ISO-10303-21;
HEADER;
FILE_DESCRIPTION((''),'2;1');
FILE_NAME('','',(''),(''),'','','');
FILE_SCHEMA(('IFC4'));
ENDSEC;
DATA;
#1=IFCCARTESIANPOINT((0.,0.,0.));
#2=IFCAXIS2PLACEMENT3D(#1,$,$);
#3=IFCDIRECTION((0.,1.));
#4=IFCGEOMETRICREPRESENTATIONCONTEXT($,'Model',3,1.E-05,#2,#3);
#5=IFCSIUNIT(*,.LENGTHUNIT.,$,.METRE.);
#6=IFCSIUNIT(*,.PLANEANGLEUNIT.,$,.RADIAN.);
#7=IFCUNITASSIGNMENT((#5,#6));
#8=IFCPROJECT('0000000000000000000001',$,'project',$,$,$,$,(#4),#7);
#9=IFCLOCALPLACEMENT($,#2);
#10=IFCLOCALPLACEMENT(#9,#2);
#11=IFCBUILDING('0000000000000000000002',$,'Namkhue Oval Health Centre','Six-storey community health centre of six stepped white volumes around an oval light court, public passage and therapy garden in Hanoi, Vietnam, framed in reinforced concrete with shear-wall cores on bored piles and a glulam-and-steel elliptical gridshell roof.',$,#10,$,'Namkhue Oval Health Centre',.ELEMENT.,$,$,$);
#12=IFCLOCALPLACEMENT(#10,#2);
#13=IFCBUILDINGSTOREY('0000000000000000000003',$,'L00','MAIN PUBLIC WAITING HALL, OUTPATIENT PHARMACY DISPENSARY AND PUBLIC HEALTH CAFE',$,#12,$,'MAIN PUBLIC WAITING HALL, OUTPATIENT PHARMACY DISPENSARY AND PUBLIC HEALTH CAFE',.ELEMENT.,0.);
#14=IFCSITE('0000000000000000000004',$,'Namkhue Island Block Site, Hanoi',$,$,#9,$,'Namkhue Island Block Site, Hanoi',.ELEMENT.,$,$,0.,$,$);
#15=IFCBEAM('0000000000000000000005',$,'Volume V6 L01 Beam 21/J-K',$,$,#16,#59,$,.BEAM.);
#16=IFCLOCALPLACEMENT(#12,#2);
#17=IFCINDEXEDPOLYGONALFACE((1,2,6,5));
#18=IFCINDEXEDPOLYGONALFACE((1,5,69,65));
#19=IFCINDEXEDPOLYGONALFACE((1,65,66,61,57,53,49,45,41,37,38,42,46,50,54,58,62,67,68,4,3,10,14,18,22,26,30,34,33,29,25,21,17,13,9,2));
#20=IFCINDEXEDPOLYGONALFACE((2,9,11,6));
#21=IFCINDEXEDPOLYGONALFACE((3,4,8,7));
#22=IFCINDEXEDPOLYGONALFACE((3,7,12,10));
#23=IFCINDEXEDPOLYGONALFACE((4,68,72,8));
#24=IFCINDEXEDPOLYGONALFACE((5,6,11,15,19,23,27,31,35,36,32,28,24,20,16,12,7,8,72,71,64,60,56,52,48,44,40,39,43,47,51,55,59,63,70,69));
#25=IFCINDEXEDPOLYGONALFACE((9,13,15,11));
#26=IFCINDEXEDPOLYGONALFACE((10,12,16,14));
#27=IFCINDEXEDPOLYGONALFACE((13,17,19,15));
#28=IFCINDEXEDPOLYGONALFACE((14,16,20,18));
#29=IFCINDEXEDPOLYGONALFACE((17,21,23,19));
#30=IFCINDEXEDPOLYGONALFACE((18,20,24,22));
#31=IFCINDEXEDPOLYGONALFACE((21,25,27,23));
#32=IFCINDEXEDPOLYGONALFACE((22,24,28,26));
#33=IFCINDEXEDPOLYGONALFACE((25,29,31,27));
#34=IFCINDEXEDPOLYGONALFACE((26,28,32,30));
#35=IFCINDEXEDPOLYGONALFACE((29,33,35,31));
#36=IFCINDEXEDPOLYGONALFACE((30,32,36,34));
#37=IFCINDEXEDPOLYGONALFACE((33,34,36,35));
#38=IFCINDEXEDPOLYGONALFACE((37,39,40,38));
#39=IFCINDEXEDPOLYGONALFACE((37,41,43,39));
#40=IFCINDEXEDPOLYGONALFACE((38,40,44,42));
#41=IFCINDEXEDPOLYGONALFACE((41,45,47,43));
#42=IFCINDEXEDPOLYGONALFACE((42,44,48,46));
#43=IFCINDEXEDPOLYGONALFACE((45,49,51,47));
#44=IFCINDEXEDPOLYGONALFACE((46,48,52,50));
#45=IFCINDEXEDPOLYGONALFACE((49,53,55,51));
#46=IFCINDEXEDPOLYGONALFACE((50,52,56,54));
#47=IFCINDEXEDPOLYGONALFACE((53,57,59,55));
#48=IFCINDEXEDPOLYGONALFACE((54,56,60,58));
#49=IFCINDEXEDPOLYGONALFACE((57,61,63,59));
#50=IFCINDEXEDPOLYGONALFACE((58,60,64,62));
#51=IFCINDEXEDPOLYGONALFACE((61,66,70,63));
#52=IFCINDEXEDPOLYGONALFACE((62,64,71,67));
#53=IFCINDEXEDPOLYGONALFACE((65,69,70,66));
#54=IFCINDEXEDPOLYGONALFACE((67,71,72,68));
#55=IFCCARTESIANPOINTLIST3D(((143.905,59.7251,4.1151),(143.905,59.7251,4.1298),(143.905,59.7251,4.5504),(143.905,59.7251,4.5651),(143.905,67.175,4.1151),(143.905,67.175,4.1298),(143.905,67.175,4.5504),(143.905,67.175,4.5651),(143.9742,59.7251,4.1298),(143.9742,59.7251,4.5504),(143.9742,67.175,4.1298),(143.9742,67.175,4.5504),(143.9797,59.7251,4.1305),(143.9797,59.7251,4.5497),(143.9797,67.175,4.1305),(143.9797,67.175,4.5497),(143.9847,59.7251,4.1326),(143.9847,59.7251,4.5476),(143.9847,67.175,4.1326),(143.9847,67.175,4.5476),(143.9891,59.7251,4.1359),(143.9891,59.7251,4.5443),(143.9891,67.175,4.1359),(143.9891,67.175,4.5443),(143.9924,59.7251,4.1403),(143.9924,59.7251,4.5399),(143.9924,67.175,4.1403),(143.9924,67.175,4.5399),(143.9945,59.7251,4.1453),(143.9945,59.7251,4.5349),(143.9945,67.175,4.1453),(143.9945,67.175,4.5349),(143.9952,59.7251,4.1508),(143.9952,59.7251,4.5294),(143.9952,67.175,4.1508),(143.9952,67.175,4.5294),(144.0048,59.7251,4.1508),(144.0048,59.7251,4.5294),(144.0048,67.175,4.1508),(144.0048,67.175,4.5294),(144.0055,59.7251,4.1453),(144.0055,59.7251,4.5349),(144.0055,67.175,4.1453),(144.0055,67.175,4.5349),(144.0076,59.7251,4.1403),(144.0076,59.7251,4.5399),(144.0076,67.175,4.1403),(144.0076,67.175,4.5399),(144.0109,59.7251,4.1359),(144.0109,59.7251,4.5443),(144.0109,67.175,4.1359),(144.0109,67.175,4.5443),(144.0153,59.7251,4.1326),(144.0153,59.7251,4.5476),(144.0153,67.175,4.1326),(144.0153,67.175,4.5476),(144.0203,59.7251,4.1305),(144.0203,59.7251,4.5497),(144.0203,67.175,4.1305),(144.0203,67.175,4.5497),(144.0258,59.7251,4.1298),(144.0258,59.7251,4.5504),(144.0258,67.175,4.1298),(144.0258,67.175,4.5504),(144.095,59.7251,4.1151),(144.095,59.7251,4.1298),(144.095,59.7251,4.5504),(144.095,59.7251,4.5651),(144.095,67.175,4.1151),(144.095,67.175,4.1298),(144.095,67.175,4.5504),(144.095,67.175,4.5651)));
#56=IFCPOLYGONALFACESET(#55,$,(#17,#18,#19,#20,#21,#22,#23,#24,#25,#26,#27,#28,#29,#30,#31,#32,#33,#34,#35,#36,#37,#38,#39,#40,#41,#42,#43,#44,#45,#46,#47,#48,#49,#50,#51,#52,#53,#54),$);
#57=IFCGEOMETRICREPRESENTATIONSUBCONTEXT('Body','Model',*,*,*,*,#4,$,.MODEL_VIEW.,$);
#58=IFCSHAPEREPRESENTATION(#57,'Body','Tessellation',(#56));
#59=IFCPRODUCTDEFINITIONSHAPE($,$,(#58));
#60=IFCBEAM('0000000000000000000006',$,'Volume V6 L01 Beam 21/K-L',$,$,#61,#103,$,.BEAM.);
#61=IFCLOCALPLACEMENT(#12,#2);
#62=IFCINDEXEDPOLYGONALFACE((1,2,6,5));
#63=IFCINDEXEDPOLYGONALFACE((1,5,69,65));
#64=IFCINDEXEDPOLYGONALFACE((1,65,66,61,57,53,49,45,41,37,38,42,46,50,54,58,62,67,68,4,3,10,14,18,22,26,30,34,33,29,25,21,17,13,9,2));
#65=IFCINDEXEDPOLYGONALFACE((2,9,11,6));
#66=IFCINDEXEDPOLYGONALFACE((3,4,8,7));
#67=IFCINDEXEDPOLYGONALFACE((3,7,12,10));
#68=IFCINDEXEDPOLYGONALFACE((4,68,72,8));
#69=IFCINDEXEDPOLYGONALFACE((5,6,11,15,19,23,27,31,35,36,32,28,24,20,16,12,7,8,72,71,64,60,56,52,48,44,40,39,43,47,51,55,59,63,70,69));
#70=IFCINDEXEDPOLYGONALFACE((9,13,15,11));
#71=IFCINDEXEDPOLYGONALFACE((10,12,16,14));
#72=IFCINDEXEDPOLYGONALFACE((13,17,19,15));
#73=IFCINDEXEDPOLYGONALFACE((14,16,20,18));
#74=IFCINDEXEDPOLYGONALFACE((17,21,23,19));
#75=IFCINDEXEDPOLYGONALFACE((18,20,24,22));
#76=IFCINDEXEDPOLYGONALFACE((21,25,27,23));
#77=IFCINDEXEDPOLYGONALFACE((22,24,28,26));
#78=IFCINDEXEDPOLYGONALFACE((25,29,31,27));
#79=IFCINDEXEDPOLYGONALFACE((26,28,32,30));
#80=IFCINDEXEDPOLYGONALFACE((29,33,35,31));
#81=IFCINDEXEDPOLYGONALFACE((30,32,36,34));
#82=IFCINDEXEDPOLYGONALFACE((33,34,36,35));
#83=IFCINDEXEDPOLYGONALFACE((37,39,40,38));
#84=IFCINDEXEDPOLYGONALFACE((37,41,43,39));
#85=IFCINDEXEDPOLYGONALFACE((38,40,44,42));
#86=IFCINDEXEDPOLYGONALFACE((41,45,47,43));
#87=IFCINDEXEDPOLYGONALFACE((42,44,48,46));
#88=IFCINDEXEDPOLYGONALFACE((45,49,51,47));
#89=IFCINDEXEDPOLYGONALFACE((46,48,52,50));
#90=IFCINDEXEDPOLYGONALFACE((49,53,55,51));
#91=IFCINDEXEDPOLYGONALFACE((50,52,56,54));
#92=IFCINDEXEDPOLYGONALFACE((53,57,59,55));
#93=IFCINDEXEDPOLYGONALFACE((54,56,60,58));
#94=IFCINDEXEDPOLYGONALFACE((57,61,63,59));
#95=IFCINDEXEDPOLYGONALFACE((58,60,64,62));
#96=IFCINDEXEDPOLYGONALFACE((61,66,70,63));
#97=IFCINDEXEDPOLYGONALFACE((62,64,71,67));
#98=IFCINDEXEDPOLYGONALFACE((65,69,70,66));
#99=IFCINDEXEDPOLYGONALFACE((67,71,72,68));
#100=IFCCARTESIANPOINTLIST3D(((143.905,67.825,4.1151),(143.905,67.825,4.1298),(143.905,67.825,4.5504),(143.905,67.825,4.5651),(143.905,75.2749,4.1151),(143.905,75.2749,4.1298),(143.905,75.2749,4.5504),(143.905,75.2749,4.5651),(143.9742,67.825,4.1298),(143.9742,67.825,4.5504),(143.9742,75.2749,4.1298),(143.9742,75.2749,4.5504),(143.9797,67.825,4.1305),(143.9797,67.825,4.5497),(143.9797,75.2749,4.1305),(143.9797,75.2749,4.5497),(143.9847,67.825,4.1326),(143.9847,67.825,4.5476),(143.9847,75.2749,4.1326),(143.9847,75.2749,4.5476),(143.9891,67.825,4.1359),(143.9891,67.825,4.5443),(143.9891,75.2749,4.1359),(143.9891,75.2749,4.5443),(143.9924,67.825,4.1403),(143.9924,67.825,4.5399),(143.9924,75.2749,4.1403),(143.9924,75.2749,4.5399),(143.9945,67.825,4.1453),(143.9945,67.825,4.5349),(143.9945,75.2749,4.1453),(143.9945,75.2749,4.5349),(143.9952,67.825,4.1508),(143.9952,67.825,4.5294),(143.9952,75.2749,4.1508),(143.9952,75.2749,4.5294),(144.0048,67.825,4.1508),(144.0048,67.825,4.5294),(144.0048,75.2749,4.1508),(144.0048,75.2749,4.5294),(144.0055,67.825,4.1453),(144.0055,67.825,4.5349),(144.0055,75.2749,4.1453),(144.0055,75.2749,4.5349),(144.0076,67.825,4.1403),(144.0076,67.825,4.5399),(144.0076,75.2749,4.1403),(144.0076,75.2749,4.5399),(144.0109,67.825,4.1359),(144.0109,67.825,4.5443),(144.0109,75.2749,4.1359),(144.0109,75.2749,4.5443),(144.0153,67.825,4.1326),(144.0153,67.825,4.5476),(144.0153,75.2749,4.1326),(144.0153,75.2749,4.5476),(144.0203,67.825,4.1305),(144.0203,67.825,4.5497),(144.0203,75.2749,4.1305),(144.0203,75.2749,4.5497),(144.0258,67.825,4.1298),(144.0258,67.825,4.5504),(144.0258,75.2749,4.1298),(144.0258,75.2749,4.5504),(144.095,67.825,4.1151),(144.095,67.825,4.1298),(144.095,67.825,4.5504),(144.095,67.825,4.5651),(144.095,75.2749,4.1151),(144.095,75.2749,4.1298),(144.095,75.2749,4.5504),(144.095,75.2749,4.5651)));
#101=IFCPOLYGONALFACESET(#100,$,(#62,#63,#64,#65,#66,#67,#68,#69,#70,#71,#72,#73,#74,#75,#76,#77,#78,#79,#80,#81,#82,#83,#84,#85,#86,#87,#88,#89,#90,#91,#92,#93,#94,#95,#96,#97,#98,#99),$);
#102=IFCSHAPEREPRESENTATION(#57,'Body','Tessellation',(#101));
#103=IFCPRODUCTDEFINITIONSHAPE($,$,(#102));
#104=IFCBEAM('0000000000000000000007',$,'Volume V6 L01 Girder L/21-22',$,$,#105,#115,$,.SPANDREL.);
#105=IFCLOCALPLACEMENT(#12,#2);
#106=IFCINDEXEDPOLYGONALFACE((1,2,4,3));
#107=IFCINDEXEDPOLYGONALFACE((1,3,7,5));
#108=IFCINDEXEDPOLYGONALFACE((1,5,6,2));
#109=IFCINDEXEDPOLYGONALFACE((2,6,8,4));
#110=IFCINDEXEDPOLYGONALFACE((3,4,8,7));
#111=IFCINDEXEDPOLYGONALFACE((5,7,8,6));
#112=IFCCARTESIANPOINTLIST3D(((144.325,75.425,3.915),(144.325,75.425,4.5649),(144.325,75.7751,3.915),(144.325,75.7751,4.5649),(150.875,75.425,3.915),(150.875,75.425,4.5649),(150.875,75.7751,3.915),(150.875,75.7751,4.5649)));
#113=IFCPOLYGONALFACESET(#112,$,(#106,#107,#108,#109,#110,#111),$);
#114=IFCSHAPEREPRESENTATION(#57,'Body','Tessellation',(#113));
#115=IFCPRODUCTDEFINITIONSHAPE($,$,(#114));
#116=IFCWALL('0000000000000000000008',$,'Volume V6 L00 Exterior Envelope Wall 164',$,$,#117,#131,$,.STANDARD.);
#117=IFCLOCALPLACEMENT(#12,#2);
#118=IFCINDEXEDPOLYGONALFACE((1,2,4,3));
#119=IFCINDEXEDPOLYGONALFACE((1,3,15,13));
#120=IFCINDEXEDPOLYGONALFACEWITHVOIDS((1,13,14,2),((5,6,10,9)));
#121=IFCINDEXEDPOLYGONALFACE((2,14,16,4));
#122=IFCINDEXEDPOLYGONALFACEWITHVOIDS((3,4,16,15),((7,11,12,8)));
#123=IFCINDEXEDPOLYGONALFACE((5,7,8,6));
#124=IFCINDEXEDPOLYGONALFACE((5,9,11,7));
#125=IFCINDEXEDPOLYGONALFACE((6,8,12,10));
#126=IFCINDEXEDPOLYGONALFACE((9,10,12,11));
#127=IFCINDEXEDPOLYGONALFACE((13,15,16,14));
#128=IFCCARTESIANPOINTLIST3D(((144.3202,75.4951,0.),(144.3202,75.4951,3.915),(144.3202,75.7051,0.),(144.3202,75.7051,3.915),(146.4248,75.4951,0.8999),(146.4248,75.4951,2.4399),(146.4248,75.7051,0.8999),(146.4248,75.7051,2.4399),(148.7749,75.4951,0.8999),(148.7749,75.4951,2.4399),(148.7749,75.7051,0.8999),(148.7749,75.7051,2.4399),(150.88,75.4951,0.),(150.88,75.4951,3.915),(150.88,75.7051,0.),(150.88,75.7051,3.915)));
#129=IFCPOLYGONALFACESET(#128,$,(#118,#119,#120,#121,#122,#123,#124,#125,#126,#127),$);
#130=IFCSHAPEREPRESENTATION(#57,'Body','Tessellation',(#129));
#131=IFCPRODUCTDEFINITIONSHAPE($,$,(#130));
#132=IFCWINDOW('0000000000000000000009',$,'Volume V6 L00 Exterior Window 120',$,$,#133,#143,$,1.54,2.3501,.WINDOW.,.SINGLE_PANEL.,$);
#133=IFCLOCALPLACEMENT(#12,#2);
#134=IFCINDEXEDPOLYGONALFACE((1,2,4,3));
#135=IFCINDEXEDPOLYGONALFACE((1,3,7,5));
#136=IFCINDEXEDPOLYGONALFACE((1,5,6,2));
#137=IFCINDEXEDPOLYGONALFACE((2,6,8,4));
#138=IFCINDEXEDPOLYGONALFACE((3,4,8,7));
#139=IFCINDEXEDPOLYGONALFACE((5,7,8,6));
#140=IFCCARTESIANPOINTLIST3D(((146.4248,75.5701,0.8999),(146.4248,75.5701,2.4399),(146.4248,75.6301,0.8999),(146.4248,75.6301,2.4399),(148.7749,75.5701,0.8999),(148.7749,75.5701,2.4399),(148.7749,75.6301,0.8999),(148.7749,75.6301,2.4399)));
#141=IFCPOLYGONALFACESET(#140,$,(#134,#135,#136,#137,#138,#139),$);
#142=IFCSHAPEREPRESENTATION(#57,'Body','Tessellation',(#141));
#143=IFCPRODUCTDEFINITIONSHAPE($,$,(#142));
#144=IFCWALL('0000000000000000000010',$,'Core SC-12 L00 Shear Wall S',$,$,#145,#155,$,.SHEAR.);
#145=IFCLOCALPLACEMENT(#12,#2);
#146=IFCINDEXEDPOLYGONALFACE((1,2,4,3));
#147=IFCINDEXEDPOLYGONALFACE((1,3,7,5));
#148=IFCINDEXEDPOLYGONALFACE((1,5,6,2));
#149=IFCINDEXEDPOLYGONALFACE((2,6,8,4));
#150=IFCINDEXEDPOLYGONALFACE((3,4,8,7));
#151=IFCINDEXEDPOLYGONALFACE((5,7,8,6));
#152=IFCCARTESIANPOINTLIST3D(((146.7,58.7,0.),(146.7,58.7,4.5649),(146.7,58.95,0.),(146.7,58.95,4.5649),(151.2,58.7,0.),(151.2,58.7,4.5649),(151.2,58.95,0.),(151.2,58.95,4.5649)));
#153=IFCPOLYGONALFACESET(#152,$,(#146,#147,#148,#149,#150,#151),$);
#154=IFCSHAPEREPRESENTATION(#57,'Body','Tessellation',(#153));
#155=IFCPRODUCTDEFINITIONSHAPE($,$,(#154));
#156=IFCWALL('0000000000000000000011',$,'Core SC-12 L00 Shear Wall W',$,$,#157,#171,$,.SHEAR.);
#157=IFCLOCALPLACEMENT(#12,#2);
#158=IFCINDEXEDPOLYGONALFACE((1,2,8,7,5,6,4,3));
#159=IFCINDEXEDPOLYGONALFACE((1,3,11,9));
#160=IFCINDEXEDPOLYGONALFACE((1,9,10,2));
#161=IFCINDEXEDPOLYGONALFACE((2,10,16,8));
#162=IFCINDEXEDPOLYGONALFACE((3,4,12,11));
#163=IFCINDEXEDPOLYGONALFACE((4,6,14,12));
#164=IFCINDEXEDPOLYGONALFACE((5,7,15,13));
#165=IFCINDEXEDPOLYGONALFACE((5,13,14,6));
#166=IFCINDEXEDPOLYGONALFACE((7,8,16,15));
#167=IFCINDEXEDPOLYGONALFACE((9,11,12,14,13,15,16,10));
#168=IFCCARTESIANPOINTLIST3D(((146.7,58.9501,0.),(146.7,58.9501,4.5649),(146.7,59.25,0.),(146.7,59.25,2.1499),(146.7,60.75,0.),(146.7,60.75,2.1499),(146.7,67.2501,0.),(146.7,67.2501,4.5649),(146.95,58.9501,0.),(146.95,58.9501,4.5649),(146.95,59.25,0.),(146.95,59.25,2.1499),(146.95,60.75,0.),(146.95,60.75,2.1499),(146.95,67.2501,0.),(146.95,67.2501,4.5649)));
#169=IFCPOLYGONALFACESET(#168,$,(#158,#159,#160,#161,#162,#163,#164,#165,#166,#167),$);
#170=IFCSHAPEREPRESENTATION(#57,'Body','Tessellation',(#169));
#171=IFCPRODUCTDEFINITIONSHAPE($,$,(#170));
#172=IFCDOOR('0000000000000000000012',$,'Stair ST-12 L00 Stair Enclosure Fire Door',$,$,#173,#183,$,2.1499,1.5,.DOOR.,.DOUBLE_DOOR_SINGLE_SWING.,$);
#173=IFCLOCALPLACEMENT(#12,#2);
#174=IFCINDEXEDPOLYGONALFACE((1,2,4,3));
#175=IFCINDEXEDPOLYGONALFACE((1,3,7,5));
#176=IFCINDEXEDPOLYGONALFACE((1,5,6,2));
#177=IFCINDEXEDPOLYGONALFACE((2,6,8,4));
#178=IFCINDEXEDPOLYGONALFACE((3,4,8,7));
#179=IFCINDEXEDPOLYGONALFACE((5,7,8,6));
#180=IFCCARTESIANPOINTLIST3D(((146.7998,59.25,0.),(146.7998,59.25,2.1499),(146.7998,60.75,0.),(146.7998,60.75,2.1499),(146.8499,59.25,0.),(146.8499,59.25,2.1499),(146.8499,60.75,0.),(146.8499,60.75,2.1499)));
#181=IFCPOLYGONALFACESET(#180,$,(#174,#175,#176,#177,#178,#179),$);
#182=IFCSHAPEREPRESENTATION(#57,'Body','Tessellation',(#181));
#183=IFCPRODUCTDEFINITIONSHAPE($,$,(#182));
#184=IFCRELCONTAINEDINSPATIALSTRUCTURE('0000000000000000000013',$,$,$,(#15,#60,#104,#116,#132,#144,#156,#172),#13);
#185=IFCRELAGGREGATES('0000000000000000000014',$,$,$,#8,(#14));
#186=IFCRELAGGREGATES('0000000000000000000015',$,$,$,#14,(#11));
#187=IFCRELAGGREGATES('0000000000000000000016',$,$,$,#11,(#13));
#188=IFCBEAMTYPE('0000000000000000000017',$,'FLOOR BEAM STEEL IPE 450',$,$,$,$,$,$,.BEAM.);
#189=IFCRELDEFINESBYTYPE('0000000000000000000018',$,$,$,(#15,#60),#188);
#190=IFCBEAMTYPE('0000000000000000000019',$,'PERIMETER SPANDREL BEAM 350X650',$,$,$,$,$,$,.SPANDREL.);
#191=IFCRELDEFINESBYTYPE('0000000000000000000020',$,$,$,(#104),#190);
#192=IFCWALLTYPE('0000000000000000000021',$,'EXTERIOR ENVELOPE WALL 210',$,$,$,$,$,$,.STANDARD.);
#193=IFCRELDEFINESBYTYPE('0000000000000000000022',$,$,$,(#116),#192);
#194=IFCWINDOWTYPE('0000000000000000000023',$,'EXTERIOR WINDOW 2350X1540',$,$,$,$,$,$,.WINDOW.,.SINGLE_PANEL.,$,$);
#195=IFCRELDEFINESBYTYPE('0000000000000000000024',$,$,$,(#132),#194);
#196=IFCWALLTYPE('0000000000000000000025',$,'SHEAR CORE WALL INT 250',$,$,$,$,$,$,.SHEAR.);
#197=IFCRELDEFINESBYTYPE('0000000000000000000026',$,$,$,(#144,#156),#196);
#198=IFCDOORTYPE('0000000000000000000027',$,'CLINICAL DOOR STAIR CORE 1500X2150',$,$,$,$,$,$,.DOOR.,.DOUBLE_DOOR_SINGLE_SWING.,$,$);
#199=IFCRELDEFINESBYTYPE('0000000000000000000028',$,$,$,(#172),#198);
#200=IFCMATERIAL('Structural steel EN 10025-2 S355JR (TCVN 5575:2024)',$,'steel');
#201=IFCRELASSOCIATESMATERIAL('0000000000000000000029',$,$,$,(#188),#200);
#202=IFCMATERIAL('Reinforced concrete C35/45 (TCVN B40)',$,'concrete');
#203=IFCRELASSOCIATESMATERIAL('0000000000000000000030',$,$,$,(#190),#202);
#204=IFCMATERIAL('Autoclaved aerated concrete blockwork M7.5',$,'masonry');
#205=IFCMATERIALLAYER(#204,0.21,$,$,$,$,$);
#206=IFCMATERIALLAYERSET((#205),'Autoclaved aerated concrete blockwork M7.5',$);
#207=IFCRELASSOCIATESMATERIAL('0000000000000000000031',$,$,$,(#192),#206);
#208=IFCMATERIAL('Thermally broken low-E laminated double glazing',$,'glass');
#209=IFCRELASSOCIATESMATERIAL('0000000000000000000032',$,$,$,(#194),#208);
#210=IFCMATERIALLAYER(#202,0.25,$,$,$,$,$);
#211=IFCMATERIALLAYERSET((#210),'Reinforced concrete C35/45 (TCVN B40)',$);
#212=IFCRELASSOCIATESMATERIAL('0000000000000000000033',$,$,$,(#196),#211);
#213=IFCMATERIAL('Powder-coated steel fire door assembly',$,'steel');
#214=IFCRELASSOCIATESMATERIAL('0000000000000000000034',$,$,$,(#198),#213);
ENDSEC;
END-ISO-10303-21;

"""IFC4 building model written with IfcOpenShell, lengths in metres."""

from ifc_helpers import new_model, si_unit, direction, frame, frame_2d, origin, origin_2d, place, context, subcontext, project, spatial, rectangle, i_section, extrude, material, layer, layer_set, material_profile, profile_set, type_object, element, fill, save


model = new_model("IFC4")

# Units and contexts
model_context = context("Model", 3, precision=1e-05, world=origin(), true_north=direction((0.0, 1.0)))
body_context = subcontext(model_context, "Body", "Model", "MODEL_VIEW")
ifc_project = project(units=[si_unit("LENGTHUNIT", "METRE"), si_unit("PLANEANGLEUNIT", "RADIAN")], contexts=[model_context])

# Site, building, storey
site_placement = place(None, origin())
site = spatial("IfcSite", under=ifc_project, at=site_placement, Name="Namkhue Island Block Site, Hanoi", LongName="Namkhue Island Block Site, Hanoi", CompositionType="ELEMENT", RefElevation=0.0)
building_placement = place(site_placement, origin())
building = spatial("IfcBuilding", under=site, at=building_placement, Name="Namkhue Oval Health Centre", Description="Six-storey community health centre of six stepped white volumes around an oval light court, public passage and therapy garden in Hanoi, Vietnam, framed in reinforced concrete with shear-wall cores on bored piles and a glulam-and-steel elliptical gridshell roof.", LongName="Namkhue Oval Health Centre", CompositionType="ELEMENT")
storey_placement = place(building_placement, origin())
storey = spatial("IfcBuildingStorey", under=building, at=storey_placement, Name="L00", Description="MAIN PUBLIC WAITING HALL, OUTPATIENT PHARMACY DISPENSARY AND PUBLIC HEALTH CAFE", LongName="MAIN PUBLIC WAITING HALL, OUTPATIENT PHARMACY DISPENSARY AND PUBLIC HEALTH CAFE", CompositionType="ELEMENT", Elevation=0.0)

# Shared definitions
ifc_material_1 = material(Name="Reinforced concrete C35/45 (TCVN B40)", Category="concrete")

# Beams
ifc_material_2 = material(Name="Structural steel EN 10025-2 S355JR (TCVN 5575:2024)", Category="steel")
ifc_material_profile_1 = material_profile(ifc_material_2, i_section(OverallWidth=0.1899, OverallDepth=0.45, WebThickness=0.0095, FlangeThickness=0.0146, FilletRadius=0.021, at=origin_2d()), Name="IPE 450")
ifc_profile_set_1 = profile_set([ifc_material_profile_1], Name="Structural steel EN 10025-2 S355JR (TCVN 5575:2024)")
beam_type_1 = type_object("IfcBeamType", Name="FLOOR BEAM STEEL IPE 450", PredefinedType="BEAM", material=ifc_profile_set_1)
for number, where, z_axis, x_axis, name in (
    (1, (144.0, 59.7251, 4.3401), (0.0, 1.0, 0.0), (-1.0, 0.0, 0.0), "Volume V6 L01 Beam 21/J-K"),
    (2, (144.0, 67.825, 4.3401), (0.0, 1.0, 0.0), (-1.0, 0.0, 0.0), "Volume V6 L01 Beam 21/K-L"),
):
    element("IfcBeam", number, at=place(storey_placement, frame(where, z_axis=z_axis, x_axis=x_axis)), inside=storey, type_object=beam_type_1, Name=name, PredefinedType="BEAM", context=body_context, shape_type="SweptSolid", body=[
        extrude(i_section(OverallWidth=0.1899, OverallDepth=0.45, WebThickness=0.0095, FlangeThickness=0.0146, FilletRadius=0.021, at=origin_2d()), origin(), (0.0, 0.0, 1.0), 7.45),
    ])
ifc_material_profile_2 = material_profile(ifc_material_1, rectangle(XDim=0.3501, YDim=0.6499, at=origin_2d()), Name="RC 350x650")
ifc_profile_set_2 = profile_set([ifc_material_profile_2], Name="Reinforced concrete C35/45 (TCVN B40)")
beam_type_2 = type_object("IfcBeamType", Name="PERIMETER SPANDREL BEAM 350X650", PredefinedType="SPANDREL", material=ifc_profile_set_2)
beam_placement = place(storey_placement, frame((144.325, 75.6001, 4.24), z_axis=(1.0, 0.0, 0.0), x_axis=(0.0, 1.0, 0.0)))
element("IfcBeam", 3, at=beam_placement, inside=storey, type_object=beam_type_2, Name="Volume V6 L01 Girder L/21-22", PredefinedType="SPANDREL", context=body_context, shape_type="SweptSolid", body=[
    extrude(rectangle(XDim=0.3501, YDim=0.6499, at=origin_2d()), origin(), (0.0, 0.0, 1.0), 6.55),
])

# Wall, opening, window
ifc_material_3 = material(Name="Autoclaved aerated concrete blockwork M7.5", Category="masonry")
ifc_layer_1 = layer(ifc_material_3, 0.21)
ifc_layer_set_1 = layer_set([ifc_layer_1], Name="Autoclaved aerated concrete blockwork M7.5")
wall_type_1 = type_object("IfcWallType", Name="EXTERIOR ENVELOPE WALL 210", PredefinedType="STANDARD", material=ifc_layer_set_1)
wall_1_placement = place(storey_placement, frame((150.8799, 75.6001, 0.0), z_axis=(0.0, 0.0, 1.0), x_axis=(-1.0, 0.0, 0.0)))
wall_1 = element("IfcWall", 4, at=wall_1_placement, inside=storey, type_object=wall_type_1, Name="Volume V6 L00 Exterior Envelope Wall 164", PredefinedType="STANDARD", context=body_context, shape_type="SweptSolid", body=[
    extrude(rectangle(XDim=6.5598, YDim=0.21, at=frame_2d((3.2798, 0.0))), origin(), (0.0, 0.0, 1.0), 3.915),
])
opening_1_placement = place(wall_1_placement, frame((2.105, 0.0, 0.8999)))
opening_1 = element("IfcOpeningElement", 5, at=opening_1_placement, cuts=wall_1, PredefinedType="OPENING", context=body_context, shape_type="SweptSolid", body=[
    extrude(rectangle(XDim=2.3501, YDim=1.54, at=frame_2d((1.175, 0.77))), frame((0.0, 0.115, 0.0), z_axis=(0.0, -1.0, 0.0), x_axis=(1.0, 0.0, 0.0)), (0.0, 0.0, 1.0), 0.23),
])
ifc_material_4 = material(Name="Thermally broken low-E laminated double glazing", Category="glass")
window_type = type_object("IfcWindowType", Name="EXTERIOR WINDOW 2350X1540", PartitioningType="SINGLE_PANEL", PredefinedType="WINDOW", material=ifc_material_4)
window_placement = place(opening_1_placement, origin())
window = element("IfcWindow", 6, at=window_placement, inside=storey, type_object=window_type, Name="Volume V6 L00 Exterior Window 120", OverallHeight=1.54, OverallWidth=2.3501, PartitioningType="SINGLE_PANEL", PredefinedType="WINDOW", context=body_context, shape_type="SweptSolid", body=[
    extrude(rectangle(XDim=2.3501, YDim=1.54, at=frame_2d((1.175, 0.77))), frame((0.0, 0.03, 0.0), z_axis=(0.0, -1.0, 0.0), x_axis=(1.0, 0.0, 0.0)), (0.0, 0.0, 1.0), 0.0601),
])
fill(opening_1, window)

# Shared definitions
ifc_material_5 = material(Name="Powder-coated steel fire door assembly", Category="steel")

# Wall
ifc_layer_2 = layer(ifc_material_1, 0.25)
ifc_layer_set_2 = layer_set([ifc_layer_2], Name="Reinforced concrete C35/45 (TCVN B40)")
wall_type_2 = type_object("IfcWallType", Name="SHEAR CORE WALL INT 250", PredefinedType="SHEAR", material=ifc_layer_set_2)
wall_2_placement = place(storey_placement, frame((146.7, 58.825, 0.0), z_axis=(0.0, 0.0, 1.0), x_axis=(1.0, 0.0, 0.0)))
element("IfcWall", 7, at=wall_2_placement, inside=storey, type_object=wall_type_2, Name="Core SC-12 L00 Shear Wall S", PredefinedType="SHEAR", context=body_context, shape_type="SweptSolid", body=[
    extrude(rectangle(XDim=4.5, YDim=0.25, at=frame_2d((2.25, 0.0))), origin(), (0.0, 0.0, 1.0), 4.5649),
])

# Wall, opening, door
wall_3_placement = place(storey_placement, frame((146.825, 67.25, 0.0), z_axis=(0.0, 0.0, 1.0), x_axis=(0.0, -1.0, 0.0)))
wall_3 = element("IfcWall", 8, at=wall_3_placement, inside=storey, type_object=wall_type_2, Name="Core SC-12 L00 Shear Wall W", PredefinedType="SHEAR", context=body_context, shape_type="SweptSolid", body=[
    extrude(rectangle(XDim=8.3, YDim=0.25, at=frame_2d((4.1499, 0.0))), origin(), (0.0, 0.0, 1.0), 4.5649),
])
opening_2_placement = place(wall_3_placement, frame((6.5, 0.0, 0.0)))
opening_2 = element("IfcOpeningElement", 9, at=opening_2_placement, cuts=wall_3, PredefinedType="OPENING", context=body_context, shape_type="SweptSolid", body=[
    extrude(rectangle(XDim=1.5, YDim=2.1499, at=frame_2d((0.75, 1.075))), frame((0.0, 0.135, 0.0), z_axis=(0.0, -1.0, 0.0), x_axis=(1.0, 0.0, 0.0)), (0.0, 0.0, 1.0), 0.27),
])
door_type_1 = type_object("IfcDoorType", Name="CLINICAL DOOR STAIR CORE 1500X2150", OperationType="DOUBLE_DOOR_SINGLE_SWING", PredefinedType="DOOR", material=ifc_material_5)
door_1_placement = place(opening_2_placement, origin())
door_1 = element("IfcDoor", 10, at=door_1_placement, inside=storey, type_object=door_type_1, Name="Stair ST-12 L00 Stair Enclosure Fire Door", OperationType="DOUBLE_DOOR_SINGLE_SWING", OverallHeight=2.1499, OverallWidth=1.5, PredefinedType="DOOR", context=body_context, shape_type="SweptSolid", body=[
    extrude(rectangle(XDim=1.5, YDim=2.1499, at=frame_2d((0.75, 1.075))), frame((0.0, 0.0249, 0.0), z_axis=(0.0, -1.0, 0.0), x_axis=(1.0, 0.0, 0.0)), (0.0, 0.0, 1.0), 0.05),
])
fill(opening_2, door_1)

save(model, "model.ifc")
